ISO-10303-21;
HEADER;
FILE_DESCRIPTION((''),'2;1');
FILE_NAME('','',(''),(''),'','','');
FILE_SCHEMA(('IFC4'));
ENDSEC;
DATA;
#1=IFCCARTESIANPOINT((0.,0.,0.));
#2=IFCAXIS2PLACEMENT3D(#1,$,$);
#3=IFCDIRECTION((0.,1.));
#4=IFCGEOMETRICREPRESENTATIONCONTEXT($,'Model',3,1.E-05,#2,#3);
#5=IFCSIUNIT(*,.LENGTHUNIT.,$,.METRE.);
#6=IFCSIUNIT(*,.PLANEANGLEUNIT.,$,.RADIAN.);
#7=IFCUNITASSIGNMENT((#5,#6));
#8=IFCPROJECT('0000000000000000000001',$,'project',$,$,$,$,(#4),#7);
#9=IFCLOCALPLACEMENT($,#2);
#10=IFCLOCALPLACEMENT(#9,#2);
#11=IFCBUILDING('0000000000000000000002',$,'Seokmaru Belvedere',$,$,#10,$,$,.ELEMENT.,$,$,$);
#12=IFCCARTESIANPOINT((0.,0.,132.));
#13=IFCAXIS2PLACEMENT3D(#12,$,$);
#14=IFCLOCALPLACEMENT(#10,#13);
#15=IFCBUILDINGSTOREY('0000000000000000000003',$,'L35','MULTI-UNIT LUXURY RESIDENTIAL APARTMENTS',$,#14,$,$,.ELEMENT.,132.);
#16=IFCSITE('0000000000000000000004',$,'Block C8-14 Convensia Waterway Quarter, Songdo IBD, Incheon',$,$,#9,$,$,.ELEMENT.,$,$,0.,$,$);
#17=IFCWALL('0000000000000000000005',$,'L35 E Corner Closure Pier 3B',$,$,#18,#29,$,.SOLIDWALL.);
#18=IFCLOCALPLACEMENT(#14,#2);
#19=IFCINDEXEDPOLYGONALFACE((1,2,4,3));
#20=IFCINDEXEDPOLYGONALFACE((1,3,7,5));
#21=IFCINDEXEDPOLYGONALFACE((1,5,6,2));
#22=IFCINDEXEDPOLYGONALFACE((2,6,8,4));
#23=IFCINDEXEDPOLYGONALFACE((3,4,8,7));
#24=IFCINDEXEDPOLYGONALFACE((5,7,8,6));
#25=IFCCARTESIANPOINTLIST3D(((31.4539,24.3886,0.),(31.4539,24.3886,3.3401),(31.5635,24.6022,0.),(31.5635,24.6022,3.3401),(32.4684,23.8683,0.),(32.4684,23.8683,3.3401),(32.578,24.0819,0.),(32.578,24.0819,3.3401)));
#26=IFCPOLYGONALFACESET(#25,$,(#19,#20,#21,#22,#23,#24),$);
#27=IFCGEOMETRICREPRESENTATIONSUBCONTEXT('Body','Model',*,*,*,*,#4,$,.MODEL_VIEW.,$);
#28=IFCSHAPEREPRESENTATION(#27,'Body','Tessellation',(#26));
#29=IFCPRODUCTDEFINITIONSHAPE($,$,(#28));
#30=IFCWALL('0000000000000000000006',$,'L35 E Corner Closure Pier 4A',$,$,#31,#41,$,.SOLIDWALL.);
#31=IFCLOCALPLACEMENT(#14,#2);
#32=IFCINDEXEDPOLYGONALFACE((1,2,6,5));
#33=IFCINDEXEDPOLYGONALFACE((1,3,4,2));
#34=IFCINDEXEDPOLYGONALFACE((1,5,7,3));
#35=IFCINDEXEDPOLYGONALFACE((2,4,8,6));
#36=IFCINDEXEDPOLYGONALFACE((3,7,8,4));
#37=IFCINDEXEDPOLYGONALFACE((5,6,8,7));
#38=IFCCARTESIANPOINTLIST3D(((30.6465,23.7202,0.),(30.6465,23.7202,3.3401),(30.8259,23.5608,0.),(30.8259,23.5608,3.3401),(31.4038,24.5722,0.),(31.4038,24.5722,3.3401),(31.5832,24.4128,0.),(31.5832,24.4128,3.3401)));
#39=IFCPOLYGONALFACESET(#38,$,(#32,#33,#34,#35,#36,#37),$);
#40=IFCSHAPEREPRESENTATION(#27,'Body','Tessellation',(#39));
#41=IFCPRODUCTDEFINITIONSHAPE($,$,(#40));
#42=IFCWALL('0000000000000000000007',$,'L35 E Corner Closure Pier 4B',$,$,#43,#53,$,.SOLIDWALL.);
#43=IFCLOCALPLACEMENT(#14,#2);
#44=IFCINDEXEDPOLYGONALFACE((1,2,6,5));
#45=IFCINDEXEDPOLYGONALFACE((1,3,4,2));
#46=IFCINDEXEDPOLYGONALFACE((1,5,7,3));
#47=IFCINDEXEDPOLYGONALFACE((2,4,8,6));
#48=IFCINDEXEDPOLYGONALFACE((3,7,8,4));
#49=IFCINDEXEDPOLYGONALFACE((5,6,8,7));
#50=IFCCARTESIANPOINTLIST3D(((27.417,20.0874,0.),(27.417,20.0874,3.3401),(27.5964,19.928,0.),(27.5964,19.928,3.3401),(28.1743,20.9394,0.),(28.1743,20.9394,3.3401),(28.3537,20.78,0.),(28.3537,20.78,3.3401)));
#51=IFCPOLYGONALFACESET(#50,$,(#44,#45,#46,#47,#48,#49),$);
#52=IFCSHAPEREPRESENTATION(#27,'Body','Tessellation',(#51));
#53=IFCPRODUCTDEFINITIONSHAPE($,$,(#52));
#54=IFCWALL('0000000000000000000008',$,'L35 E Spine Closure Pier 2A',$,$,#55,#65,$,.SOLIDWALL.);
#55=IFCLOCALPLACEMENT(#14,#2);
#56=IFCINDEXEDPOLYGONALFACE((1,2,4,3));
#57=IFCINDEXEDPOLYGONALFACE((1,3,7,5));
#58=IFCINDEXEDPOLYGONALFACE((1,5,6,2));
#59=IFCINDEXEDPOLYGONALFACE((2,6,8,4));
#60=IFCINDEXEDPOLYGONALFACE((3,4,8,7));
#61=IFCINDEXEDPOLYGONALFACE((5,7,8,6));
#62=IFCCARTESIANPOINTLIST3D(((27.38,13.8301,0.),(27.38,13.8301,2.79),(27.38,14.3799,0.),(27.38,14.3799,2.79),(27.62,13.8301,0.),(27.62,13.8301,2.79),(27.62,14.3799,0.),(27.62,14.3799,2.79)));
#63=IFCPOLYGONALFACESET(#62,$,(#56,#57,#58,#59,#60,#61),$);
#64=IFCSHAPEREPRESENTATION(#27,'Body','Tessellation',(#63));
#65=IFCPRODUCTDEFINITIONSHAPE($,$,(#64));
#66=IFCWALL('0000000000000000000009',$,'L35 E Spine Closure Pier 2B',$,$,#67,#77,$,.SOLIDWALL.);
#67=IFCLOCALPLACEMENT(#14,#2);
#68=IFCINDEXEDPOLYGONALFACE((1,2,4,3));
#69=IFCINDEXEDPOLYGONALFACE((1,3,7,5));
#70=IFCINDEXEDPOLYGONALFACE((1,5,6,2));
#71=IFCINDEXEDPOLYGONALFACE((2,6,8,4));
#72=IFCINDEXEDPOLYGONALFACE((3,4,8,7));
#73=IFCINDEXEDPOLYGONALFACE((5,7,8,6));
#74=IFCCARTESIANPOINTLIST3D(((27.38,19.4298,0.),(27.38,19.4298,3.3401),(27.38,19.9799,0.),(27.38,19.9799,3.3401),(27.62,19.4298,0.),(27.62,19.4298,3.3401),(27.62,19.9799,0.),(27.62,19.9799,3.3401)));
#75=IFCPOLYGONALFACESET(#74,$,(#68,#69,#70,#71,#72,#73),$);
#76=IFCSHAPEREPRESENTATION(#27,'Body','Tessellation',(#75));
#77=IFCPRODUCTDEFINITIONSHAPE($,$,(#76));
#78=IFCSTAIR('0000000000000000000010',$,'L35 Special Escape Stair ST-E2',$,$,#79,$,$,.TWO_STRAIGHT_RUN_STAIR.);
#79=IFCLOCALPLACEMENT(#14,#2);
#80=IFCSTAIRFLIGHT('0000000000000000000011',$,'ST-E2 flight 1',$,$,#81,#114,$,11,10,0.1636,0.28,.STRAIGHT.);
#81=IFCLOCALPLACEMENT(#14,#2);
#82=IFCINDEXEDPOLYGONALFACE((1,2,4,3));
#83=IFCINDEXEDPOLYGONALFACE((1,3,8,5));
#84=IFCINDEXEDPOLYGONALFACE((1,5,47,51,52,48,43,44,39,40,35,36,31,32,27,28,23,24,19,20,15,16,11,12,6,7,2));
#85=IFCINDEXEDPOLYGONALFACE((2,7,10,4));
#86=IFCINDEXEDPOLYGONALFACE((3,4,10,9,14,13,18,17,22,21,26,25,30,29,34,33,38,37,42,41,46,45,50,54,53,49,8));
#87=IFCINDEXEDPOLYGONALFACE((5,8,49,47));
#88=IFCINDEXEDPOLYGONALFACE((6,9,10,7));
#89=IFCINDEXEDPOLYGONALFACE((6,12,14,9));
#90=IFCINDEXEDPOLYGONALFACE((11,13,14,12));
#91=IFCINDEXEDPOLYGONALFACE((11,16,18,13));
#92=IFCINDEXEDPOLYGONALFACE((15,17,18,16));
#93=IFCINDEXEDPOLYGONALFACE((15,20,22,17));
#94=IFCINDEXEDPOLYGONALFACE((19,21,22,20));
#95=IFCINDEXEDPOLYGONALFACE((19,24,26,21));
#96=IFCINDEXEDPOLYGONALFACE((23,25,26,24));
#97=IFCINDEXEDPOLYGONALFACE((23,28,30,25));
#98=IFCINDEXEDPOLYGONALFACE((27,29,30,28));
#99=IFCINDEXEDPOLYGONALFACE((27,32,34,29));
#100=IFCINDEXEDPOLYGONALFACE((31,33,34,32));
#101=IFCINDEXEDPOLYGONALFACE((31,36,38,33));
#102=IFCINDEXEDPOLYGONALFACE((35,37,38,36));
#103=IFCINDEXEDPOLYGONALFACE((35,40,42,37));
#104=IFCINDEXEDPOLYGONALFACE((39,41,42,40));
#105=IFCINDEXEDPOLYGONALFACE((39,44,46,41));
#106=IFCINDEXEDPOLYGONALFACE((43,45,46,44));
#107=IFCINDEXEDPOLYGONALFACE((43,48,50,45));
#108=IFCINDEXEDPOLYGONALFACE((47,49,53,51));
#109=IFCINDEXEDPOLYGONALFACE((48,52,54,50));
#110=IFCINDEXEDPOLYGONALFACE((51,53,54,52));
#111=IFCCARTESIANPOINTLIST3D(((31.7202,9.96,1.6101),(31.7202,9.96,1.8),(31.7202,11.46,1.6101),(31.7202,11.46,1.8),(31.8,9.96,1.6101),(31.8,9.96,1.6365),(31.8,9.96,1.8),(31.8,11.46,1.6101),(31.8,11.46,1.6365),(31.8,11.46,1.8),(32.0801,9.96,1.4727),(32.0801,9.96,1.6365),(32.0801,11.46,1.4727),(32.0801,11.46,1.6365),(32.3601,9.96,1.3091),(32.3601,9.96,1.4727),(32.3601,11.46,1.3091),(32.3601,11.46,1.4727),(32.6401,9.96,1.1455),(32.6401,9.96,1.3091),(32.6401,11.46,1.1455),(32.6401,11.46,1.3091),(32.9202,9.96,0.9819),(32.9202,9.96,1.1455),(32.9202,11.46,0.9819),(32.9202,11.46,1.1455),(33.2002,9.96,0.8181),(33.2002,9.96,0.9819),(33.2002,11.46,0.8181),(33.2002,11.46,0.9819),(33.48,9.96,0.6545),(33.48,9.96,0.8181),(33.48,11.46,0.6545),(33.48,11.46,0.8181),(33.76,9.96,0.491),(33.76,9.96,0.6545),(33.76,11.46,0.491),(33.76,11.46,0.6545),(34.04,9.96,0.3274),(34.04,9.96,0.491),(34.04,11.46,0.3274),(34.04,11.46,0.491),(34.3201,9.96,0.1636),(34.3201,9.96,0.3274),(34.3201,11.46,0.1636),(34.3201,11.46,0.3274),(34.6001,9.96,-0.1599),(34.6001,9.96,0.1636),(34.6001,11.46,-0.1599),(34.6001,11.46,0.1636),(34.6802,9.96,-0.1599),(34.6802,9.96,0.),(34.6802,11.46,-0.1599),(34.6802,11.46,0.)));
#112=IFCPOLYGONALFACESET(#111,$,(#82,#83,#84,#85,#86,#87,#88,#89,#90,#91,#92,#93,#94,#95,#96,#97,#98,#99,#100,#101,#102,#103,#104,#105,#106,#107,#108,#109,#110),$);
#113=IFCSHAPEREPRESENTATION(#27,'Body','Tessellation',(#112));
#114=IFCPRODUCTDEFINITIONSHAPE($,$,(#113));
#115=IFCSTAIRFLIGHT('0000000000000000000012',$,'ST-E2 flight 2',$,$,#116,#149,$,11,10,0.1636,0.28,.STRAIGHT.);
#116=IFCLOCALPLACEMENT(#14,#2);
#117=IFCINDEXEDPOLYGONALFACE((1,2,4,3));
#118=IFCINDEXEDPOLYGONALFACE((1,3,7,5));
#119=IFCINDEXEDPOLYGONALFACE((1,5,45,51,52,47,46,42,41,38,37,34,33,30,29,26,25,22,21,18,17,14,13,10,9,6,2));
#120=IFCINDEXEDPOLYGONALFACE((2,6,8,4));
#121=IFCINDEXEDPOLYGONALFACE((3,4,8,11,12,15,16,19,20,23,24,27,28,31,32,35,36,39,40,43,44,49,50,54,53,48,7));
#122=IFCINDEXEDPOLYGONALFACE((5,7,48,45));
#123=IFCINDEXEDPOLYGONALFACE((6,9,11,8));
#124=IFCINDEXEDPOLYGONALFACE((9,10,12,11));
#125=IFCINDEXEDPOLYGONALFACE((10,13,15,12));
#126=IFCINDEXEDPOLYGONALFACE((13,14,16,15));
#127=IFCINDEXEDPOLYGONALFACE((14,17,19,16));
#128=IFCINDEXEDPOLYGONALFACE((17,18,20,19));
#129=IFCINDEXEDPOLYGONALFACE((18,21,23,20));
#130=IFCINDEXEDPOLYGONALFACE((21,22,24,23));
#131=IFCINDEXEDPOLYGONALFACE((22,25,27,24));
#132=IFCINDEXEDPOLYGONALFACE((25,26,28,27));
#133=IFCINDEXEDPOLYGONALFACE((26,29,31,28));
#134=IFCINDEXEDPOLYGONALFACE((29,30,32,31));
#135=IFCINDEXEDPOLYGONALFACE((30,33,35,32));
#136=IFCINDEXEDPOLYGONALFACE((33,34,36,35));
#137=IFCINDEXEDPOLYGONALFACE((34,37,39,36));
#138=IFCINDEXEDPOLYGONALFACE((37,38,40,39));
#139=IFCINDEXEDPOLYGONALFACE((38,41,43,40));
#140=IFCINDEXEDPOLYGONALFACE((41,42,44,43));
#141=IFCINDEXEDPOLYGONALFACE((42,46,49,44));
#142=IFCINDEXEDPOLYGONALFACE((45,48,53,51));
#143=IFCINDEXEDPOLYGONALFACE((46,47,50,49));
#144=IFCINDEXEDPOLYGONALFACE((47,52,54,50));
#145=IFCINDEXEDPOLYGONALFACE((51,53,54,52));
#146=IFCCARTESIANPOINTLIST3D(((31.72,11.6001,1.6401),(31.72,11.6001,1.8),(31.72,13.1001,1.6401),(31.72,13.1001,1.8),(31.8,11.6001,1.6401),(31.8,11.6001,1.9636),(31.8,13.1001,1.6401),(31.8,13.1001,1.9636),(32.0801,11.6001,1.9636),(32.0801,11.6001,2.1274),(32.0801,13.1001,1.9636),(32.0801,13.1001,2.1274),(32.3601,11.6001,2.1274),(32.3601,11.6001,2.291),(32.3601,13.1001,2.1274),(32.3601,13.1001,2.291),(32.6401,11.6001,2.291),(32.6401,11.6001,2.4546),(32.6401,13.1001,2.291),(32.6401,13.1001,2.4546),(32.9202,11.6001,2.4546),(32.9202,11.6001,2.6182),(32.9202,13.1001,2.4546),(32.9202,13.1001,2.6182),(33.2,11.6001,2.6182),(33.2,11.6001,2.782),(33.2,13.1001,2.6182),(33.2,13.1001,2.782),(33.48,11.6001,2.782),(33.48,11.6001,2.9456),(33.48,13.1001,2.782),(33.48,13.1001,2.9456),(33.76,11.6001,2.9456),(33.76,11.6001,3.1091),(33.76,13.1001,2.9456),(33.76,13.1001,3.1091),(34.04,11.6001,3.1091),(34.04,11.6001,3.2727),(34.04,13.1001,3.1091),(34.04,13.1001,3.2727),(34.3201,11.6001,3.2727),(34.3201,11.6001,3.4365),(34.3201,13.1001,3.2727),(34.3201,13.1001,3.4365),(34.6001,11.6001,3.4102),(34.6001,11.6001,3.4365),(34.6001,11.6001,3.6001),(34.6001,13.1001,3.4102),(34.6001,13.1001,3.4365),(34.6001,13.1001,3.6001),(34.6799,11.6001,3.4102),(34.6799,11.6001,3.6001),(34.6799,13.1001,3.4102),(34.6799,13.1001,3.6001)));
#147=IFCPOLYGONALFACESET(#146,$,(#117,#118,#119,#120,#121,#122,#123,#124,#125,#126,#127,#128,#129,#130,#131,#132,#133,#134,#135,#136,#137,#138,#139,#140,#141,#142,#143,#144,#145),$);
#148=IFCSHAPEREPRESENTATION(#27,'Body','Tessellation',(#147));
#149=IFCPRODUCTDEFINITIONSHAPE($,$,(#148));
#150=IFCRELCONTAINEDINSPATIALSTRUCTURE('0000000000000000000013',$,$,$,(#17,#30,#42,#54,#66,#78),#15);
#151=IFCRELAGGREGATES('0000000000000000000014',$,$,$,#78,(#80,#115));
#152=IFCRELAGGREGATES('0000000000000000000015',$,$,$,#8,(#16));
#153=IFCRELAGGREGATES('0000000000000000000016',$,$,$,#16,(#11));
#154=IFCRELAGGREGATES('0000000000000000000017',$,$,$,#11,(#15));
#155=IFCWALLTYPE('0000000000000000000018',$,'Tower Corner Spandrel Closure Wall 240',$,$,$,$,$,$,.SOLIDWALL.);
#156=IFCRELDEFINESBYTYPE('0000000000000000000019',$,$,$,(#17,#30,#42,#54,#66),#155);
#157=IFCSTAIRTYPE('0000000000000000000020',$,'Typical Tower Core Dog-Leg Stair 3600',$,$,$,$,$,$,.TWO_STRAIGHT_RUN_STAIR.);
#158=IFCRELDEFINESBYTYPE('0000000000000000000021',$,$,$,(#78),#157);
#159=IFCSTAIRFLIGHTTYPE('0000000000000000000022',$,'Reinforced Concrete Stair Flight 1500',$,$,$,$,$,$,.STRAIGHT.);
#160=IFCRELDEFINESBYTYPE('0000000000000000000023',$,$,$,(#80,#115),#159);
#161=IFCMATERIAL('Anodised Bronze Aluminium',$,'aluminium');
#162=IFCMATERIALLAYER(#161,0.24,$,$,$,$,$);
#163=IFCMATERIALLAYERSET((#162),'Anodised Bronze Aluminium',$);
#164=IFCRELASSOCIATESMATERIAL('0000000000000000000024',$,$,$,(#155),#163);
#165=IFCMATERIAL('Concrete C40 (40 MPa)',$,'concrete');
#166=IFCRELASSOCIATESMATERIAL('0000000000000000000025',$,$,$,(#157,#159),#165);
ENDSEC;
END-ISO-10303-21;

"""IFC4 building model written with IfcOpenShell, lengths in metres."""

from ifc_helpers import new_model, si_unit, direction, frame, frame_2d, origin, place, context, subcontext, project, spatial, polyline, rectangle, outline, extrude, material, layer, layer_set, type_object, element, aggregate, save


model = new_model("IFC4")

# Units and contexts
model_context = context("Model", 3, precision=1e-05, world=origin(), true_north=direction((0.0, 1.0)))
body_context = subcontext(model_context, "Body", "Model", "MODEL_VIEW")
ifc_project = project(units=[si_unit("LENGTHUNIT", "METRE"), si_unit("PLANEANGLEUNIT", "RADIAN")], contexts=[model_context])

# Site, building, storey
site_placement = place(None, origin())
site = spatial("IfcSite", under=ifc_project, at=site_placement, Name="Block C8-14 Convensia Waterway Quarter, Songdo IBD, Incheon", CompositionType="ELEMENT", RefElevation=0.0)
building_placement = place(site_placement, origin())
building = spatial("IfcBuilding", under=site, at=building_placement, Name="Seokmaru Belvedere", CompositionType="ELEMENT")
storey_placement = place(building_placement, frame((0.0, 0.0, 132.0)))
storey = spatial("IfcBuildingStorey", under=building, at=storey_placement, Name="L35", Description="MULTI-UNIT LUXURY RESIDENTIAL APARTMENTS", CompositionType="ELEMENT", Elevation=132.0)

# Shared definitions
ifc_material_1 = material(Name="Anodised Bronze Aluminium", Category="aluminium")

# Walls
ifc_layer_1 = layer(ifc_material_1, 0.24)
ifc_layer_set_1 = layer_set([ifc_layer_1], Name="Anodised Bronze Aluminium")
wall_type_1 = type_object("IfcWallType", Name="Tower Corner Spandrel Closure Wall 240", PredefinedType="SOLIDWALL", material=ifc_layer_set_1)
wall_1_placement = place(storey_placement, frame((32.5232, 23.9751, 0.0), z_axis=(0.0, 0.0, 1.0), x_axis=(-0.889797, 0.456356, 0.0)))
element("IfcWall", 1, at=wall_1_placement, inside=storey, type_object=wall_type_1, Name="L35 E Corner Closure Pier 3B", PredefinedType="SOLIDWALL", context=body_context, shape_type="SweptSolid", body=[
    extrude(rectangle(XDim=1.1401, YDim=0.24, at=frame_2d((0.5701, 0.0))), origin(), (0.0, 0.0, 1.0), 3.3401),
])
for number, where, z_axis, x_axis, name in (
    (2, (31.4934, 24.4924, 0.0), (0.0, 0.0, 1.0), (-0.664337, -0.747433, 0.0), "L35 E Corner Closure Pier 4A"),
    (3, (28.2639, 20.8596, 0.0), (0.0, 0.0, 1.0), (-0.664337, -0.747433, 0.0), "L35 E Corner Closure Pier 4B"),
):
    element("IfcWall", number, at=place(storey_placement, frame(where, z_axis=z_axis, x_axis=x_axis)), inside=storey, type_object=wall_type_1, Name=name, PredefinedType="SOLIDWALL", context=body_context, shape_type="SweptSolid", body=[
        extrude(rectangle(XDim=1.1399, YDim=0.24, at=frame_2d((0.5698, 0.0))), origin(), (0.0, 0.0, 1.0), 3.3401),
    ])
wall_2_placement = place(storey_placement, frame((27.5, 13.8301, 0.0), z_axis=(0.0, 0.0, 1.0), x_axis=(0.0, 1.0, 0.0)))
element("IfcWall", 4, at=wall_2_placement, inside=storey, type_object=wall_type_1, Name="L35 E Spine Closure Pier 2A", PredefinedType="SOLIDWALL", context=body_context, shape_type="SweptSolid", body=[
    extrude(rectangle(XDim=0.5498, YDim=0.24, at=frame_2d((0.2749, 0.0))), origin(), (0.0, 0.0, 1.0), 2.79),
])
wall_3_placement = place(storey_placement, frame((27.5, 19.4299, 0.0), z_axis=(0.0, 0.0, 1.0), x_axis=(0.0, 1.0, 0.0)))
element("IfcWall", 5, at=wall_3_placement, inside=storey, type_object=wall_type_1, Name="L35 E Spine Closure Pier 2B", PredefinedType="SOLIDWALL", context=body_context, shape_type="SweptSolid", body=[
    extrude(rectangle(XDim=0.55, YDim=0.24, at=frame_2d((0.2749, 0.0))), origin(), (0.0, 0.0, 1.0), 3.3401),
])

# Stair, stair flights
ifc_material_2 = material(Name="Concrete C40 (40 MPa)", Category="concrete")
stair_type = type_object("IfcStairType", Name="Typical Tower Core Dog-Leg Stair 3600", PredefinedType="TWO_STRAIGHT_RUN_STAIR", material=ifc_material_2)
stair_placement = place(storey_placement, origin())
stair = element("IfcStair", 6, at=stair_placement, inside=storey, type_object=stair_type, Name="L35 Special Escape Stair ST-E2", PredefinedType="TWO_STRAIGHT_RUN_STAIR")
stair_flight_type = type_object("IfcStairFlightType", Name="Reinforced Concrete Stair Flight 1500", PredefinedType="STRAIGHT", material=ifc_material_2)
stair_flight_1_placement = place(storey_placement, frame((34.6001, 10.71, 0.0), z_axis=(0.0, 0.0, 1.0), x_axis=(-1.0, 0.0, 0.0)))
stair_flight_1 = element("IfcStairFlight", 7, at=stair_flight_1_placement, type_object=stair_flight_type, Name="ST-E2 flight 1", NumberOfRisers=11, NumberOfTreads=10, PredefinedType="STRAIGHT", RiserHeight=0.1636, TreadLength=0.28, context=body_context, shape_type="SweptSolid", body=[
    extrude(outline(polyline([(-0.0801, 0.0), (0.0, 0.1636), (0.28, 0.1636), (0.28, 0.3274), (0.5601, 0.3274), (0.5601, 0.491), (0.8401, 0.491), (0.8401, 0.6545), (1.1201, 0.6545), (1.1201, 0.8181), (1.3999, 0.8181), (1.3999, 0.9819), (1.6799, 0.9819), (1.6799, 1.1455), (1.96, 1.1455), (1.96, 1.3091), (2.24, 1.3091), (2.24, 1.4727), (2.52, 1.4727), (2.52, 1.6365), (2.8, 1.6365), (2.8, 1.8), (2.8799, 1.8), (2.8799, 1.6101), (2.8, 1.6101), (0.0, -0.1599), (-0.0801, -0.1599), (-0.0801, 0.0)])), frame((0.0, 0.75, 0.0), z_axis=(0.0, -1.0, 0.0), x_axis=(1.0, 0.0, 0.0)), (0.0, 0.0, 1.0), 1.5),
])
stair_flight_2_placement = place(storey_placement, frame((31.8, 12.3501, 1.8), z_axis=(0.0, 0.0, 1.0), x_axis=(1.0, 0.0, 0.0)))
stair_flight_2 = element("IfcStairFlight", 8, at=stair_flight_2_placement, type_object=stair_flight_type, Name="ST-E2 flight 2", NumberOfRisers=11, NumberOfTreads=10, PredefinedType="STRAIGHT", RiserHeight=0.1636, TreadLength=0.28, context=body_context, shape_type="SweptSolid", body=[
    extrude(outline(polyline([(-0.0801, 0.0), (0.0, 0.1636), (0.28, 0.1636), (0.28, 0.3274), (0.5601, 0.3274), (0.5601, 0.491), (0.8401, 0.491), (0.8401, 0.6545), (1.1201, 0.6545), (1.1201, 0.8181), (1.3999, 0.8181), (1.3999, 0.9819), (1.6799, 0.9819), (1.6799, 1.1455), (1.96, 1.1455), (1.96, 1.3091), (2.24, 1.3091), (2.24, 1.4727), (2.52, 1.4727), (2.52, 1.6365), (2.8, 1.6365), (2.8, 1.8), (2.8799, 1.8), (2.8799, 1.6101), (2.8, 1.6101), (0.0, -0.1599), (-0.0801, -0.1599), (-0.0801, 0.0)])), frame((0.0, 0.75, 0.0), z_axis=(0.0, -1.0, 0.0), x_axis=(1.0, 0.0, 0.0)), (0.0, 0.0, 1.0), 1.5),
])
aggregate(stair, [stair_flight_1, stair_flight_2])

save(model, "model.ifc")
